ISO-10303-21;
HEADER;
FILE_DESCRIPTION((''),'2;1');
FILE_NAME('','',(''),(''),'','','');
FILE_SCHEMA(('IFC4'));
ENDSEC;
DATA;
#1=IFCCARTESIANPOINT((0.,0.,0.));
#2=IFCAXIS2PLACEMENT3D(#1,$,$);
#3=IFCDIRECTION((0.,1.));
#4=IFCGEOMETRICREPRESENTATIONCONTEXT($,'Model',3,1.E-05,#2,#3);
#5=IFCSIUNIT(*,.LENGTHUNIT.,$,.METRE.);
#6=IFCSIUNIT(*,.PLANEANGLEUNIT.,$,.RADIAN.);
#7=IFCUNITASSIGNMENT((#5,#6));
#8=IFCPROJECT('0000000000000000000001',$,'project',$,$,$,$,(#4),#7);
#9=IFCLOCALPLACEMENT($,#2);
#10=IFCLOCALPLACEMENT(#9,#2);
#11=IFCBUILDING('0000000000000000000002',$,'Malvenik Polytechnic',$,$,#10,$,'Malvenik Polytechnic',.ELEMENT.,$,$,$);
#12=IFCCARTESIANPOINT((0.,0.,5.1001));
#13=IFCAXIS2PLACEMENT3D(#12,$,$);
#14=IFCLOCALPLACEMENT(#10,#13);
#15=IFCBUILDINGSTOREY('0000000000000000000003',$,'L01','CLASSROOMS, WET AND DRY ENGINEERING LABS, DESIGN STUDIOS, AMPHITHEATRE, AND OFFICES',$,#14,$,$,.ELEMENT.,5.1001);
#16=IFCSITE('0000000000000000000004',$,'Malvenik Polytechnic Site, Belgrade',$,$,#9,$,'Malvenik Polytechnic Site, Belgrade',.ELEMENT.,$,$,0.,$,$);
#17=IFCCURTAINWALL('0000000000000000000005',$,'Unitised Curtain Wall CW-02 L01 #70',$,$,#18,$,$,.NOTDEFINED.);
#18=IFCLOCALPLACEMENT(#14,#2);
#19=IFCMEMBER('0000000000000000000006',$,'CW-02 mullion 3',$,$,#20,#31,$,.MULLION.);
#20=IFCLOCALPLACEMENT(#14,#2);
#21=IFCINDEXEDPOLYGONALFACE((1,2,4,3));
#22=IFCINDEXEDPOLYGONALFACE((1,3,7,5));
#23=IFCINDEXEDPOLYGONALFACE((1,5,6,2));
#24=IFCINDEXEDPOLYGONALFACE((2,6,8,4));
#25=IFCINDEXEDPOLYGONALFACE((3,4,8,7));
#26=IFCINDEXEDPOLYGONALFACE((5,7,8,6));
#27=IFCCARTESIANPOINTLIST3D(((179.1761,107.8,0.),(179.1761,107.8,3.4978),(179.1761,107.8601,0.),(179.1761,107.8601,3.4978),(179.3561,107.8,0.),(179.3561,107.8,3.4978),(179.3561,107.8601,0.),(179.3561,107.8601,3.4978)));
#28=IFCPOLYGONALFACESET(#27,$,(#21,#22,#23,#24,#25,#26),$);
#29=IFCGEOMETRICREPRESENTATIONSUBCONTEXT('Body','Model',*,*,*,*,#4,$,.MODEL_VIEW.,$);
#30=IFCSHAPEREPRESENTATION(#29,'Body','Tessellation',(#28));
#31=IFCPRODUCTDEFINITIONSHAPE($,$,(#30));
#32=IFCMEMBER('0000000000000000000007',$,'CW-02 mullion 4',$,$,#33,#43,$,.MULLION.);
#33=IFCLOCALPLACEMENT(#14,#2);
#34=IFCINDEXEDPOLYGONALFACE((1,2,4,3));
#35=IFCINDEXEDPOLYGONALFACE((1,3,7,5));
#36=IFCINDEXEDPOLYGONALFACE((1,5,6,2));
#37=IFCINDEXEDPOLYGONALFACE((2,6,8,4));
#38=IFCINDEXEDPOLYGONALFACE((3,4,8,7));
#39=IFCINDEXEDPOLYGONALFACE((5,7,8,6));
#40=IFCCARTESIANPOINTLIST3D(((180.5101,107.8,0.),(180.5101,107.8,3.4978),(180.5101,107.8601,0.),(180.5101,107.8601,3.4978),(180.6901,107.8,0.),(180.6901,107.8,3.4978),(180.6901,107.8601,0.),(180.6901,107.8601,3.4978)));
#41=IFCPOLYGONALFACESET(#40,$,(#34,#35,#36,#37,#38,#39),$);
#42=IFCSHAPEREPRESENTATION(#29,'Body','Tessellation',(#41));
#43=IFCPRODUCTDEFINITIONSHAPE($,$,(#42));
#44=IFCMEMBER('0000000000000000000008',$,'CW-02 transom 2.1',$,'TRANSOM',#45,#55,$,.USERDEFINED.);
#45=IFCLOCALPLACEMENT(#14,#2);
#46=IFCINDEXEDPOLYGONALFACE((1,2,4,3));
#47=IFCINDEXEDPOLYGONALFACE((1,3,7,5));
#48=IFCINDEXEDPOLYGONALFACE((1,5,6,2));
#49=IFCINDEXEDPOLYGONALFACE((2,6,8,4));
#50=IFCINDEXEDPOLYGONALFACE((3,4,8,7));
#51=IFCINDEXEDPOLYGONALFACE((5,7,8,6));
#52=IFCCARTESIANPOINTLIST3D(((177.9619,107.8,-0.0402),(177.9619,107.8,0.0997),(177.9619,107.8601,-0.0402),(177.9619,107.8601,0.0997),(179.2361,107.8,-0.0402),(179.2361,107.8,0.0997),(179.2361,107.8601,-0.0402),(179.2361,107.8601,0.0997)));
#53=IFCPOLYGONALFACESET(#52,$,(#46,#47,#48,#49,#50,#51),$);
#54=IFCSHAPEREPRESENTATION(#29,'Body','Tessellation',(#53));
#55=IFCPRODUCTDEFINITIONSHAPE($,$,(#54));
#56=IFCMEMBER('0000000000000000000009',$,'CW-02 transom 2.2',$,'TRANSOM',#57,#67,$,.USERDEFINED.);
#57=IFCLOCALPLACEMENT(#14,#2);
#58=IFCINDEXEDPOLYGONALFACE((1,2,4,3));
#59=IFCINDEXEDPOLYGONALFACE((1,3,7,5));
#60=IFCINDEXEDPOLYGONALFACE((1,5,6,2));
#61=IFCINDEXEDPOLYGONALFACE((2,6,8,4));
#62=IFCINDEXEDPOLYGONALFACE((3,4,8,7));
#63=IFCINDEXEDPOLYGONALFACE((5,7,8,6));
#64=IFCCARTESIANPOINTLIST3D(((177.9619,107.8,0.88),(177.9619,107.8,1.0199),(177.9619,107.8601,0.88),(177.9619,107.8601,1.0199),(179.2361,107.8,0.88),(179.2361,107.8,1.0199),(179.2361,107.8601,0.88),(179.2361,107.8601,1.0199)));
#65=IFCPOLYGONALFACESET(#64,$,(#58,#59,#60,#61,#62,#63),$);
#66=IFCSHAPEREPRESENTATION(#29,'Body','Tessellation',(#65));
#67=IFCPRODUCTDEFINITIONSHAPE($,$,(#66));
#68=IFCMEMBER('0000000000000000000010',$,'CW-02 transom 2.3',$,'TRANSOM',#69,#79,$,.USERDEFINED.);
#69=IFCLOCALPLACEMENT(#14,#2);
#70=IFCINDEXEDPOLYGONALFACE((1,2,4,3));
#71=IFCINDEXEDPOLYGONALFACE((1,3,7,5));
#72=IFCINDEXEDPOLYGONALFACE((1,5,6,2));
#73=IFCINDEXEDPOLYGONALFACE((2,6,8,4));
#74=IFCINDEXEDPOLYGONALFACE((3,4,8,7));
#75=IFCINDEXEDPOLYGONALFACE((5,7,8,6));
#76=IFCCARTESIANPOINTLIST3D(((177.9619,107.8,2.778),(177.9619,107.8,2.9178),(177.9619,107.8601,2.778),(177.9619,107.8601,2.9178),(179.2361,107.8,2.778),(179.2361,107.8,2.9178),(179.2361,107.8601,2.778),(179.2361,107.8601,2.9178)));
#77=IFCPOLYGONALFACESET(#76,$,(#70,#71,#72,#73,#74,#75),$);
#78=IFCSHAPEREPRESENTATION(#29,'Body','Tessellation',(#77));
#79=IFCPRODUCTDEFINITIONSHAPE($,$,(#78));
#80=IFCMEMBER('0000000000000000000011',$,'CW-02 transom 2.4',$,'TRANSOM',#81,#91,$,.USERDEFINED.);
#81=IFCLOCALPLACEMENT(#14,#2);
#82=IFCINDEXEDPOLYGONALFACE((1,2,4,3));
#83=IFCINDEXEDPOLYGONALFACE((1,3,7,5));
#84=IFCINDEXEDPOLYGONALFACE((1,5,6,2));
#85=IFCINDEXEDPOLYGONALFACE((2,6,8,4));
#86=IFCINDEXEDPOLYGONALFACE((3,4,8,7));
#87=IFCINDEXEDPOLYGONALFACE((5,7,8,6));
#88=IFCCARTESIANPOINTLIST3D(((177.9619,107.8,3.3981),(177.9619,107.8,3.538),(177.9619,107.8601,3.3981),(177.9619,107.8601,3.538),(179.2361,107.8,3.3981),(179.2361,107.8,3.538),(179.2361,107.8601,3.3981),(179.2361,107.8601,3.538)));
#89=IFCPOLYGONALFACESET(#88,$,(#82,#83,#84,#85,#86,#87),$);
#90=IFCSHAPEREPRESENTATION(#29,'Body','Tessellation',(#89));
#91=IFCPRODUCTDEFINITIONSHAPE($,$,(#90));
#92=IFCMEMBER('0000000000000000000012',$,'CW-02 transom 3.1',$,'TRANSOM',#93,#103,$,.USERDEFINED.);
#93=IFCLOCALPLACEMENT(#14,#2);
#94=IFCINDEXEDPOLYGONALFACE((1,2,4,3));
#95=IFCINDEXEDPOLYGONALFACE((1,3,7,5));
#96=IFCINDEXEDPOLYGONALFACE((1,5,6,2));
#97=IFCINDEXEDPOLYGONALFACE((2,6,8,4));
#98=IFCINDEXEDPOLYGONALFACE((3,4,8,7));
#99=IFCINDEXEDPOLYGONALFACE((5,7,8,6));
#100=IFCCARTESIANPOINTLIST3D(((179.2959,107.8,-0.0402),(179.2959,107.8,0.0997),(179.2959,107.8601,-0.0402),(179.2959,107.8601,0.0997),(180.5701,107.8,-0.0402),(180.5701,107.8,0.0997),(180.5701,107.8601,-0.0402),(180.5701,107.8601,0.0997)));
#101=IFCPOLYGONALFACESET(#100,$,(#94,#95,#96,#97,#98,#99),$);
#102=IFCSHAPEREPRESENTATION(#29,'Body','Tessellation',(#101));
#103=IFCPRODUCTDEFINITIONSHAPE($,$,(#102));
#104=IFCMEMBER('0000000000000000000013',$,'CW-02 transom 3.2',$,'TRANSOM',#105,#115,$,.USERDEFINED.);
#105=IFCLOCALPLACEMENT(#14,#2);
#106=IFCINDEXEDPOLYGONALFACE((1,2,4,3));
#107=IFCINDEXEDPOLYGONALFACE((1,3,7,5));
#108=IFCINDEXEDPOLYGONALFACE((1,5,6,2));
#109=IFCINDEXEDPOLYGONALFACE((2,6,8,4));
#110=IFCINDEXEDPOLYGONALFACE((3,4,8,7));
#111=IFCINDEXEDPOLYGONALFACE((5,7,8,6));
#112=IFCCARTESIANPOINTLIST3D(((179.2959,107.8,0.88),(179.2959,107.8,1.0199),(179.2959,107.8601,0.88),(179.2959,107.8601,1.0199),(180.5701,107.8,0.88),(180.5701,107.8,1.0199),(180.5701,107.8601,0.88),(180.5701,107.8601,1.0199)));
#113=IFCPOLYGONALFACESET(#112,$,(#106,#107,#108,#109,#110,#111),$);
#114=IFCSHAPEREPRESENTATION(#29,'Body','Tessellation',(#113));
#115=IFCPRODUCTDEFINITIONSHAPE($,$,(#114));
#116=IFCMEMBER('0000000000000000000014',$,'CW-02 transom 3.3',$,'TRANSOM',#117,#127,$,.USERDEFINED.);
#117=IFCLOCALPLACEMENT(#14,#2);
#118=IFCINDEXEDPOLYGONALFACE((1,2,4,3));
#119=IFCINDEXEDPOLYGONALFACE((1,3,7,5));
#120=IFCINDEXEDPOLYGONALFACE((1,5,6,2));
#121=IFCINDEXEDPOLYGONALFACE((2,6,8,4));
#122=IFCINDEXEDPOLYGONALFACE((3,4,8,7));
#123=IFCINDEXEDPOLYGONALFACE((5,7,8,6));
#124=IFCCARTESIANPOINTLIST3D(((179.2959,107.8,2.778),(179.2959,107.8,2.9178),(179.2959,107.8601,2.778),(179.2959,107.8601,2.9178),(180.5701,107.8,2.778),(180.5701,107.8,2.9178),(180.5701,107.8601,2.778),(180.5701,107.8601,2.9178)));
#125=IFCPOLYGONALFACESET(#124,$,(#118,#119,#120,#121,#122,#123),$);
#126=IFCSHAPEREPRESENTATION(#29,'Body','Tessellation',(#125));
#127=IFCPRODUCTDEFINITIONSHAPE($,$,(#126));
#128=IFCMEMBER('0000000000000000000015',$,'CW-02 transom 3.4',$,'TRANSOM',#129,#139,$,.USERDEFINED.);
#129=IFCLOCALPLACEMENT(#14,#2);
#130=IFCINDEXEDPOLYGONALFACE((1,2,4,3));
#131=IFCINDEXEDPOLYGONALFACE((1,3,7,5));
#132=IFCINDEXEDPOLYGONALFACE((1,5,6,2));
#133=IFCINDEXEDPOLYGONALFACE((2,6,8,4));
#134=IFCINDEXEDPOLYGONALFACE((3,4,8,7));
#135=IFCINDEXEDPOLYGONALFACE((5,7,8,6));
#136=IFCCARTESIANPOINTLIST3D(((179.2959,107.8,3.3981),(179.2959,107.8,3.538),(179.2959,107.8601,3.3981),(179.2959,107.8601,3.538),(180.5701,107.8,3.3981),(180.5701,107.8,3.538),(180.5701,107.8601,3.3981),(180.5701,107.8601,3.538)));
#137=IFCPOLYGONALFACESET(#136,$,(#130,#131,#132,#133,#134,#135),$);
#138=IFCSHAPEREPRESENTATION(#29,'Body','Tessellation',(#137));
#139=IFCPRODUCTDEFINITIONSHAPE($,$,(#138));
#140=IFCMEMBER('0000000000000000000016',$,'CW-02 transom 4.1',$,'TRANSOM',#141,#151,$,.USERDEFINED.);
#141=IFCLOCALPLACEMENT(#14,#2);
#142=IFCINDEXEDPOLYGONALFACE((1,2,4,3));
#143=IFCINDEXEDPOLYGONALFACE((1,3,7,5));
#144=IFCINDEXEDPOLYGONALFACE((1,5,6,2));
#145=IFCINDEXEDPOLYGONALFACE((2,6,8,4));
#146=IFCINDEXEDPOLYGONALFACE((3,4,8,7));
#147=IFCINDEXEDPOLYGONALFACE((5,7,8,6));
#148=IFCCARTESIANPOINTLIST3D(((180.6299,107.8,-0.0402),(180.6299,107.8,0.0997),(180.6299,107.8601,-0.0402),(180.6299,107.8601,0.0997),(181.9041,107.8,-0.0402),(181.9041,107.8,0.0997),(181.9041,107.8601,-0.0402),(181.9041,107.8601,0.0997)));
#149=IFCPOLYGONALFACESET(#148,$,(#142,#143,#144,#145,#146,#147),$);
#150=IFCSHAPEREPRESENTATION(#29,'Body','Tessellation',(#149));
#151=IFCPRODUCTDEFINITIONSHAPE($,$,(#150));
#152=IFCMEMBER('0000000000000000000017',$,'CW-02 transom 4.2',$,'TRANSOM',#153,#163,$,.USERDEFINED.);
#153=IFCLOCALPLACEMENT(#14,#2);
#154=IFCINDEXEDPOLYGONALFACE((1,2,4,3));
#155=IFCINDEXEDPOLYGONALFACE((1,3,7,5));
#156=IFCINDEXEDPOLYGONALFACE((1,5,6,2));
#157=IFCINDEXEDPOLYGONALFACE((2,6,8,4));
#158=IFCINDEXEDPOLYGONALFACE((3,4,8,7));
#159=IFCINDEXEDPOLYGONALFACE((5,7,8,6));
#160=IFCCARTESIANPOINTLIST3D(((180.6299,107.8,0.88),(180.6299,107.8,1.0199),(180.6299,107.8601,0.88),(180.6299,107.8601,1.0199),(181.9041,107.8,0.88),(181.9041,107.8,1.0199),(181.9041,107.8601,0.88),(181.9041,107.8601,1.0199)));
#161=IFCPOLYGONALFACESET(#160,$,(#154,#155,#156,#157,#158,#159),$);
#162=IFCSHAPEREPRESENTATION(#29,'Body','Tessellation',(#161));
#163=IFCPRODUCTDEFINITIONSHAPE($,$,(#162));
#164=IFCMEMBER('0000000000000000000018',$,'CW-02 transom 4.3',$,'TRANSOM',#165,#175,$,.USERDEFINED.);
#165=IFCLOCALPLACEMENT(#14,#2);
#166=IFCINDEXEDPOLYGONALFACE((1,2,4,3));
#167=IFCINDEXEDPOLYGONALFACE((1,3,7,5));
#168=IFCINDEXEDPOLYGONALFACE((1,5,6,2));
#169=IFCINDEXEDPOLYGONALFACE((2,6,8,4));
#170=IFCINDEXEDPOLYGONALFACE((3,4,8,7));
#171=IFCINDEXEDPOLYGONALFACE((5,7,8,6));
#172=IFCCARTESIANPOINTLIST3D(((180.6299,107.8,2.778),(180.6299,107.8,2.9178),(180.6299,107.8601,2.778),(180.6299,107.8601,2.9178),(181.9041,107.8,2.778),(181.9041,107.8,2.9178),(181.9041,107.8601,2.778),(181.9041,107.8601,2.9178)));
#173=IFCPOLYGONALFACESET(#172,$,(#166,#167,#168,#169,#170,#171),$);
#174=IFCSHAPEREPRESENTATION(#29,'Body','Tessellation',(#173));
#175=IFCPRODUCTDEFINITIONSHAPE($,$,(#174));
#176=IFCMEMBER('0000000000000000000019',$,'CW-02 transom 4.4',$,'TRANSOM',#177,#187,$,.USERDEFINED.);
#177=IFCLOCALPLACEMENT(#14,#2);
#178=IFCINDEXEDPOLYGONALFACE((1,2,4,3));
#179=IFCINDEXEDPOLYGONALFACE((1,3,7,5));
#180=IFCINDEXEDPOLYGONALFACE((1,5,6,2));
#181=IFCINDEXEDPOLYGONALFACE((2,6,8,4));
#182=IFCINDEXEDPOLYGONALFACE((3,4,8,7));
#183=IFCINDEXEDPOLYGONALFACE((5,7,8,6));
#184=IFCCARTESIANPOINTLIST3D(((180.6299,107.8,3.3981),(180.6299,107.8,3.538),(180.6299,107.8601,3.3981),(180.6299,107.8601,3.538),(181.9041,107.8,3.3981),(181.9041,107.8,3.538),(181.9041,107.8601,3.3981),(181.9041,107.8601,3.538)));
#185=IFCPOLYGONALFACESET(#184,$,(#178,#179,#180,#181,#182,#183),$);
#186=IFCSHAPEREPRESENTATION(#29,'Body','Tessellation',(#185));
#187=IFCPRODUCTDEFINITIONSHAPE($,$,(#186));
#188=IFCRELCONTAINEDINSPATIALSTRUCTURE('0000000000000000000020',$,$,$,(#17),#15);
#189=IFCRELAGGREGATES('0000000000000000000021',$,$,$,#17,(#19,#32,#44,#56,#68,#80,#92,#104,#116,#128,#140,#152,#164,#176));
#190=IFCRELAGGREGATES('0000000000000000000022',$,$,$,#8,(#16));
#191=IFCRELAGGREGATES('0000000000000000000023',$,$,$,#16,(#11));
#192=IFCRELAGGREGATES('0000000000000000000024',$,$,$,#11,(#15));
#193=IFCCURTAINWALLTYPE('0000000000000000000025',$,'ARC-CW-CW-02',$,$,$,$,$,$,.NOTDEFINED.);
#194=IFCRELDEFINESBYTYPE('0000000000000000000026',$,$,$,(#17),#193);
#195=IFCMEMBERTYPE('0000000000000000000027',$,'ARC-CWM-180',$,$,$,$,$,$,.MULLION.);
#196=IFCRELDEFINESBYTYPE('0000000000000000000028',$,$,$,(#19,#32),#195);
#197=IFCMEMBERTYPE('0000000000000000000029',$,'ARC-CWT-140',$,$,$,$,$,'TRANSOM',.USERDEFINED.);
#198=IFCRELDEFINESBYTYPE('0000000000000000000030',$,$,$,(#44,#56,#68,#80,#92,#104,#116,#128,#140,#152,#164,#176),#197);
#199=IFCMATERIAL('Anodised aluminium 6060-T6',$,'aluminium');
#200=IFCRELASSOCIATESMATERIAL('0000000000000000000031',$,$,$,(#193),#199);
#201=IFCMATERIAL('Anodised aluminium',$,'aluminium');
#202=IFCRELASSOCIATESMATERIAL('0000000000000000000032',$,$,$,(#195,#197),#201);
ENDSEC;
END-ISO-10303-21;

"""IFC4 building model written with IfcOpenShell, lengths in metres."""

from ifc_helpers import new_model, si_unit, direction, frame, origin, origin_2d, place, context, subcontext, project, spatial, rectangle, extrude, material, material_profile, profile_set, type_object, element, aggregate, save


model = new_model("IFC4")

# Units and contexts
model_context = context("Model", 3, precision=1e-05, world=origin(), true_north=direction((0.0, 1.0)))
body_context = subcontext(model_context, "Body", "Model", "MODEL_VIEW")
ifc_project = project(units=[si_unit("LENGTHUNIT", "METRE"), si_unit("PLANEANGLEUNIT", "RADIAN")], contexts=[model_context])

# Site, building, storey
site_placement = place(None, origin())
site = spatial("IfcSite", under=ifc_project, at=site_placement, Name="Malvenik Polytechnic Site, Belgrade", LongName="Malvenik Polytechnic Site, Belgrade", CompositionType="ELEMENT", RefElevation=0.0)
building_placement = place(site_placement, origin())
building = spatial("IfcBuilding", under=site, at=building_placement, Name="Malvenik Polytechnic", LongName="Malvenik Polytechnic", CompositionType="ELEMENT")
storey_placement = place(building_placement, frame((0.0, 0.0, 5.1001)))
storey = spatial("IfcBuildingStorey", under=building, at=storey_placement, Name="L01", Description="CLASSROOMS, WET AND DRY ENGINEERING LABS, DESIGN STUDIOS, AMPHITHEATRE, AND OFFICES", CompositionType="ELEMENT", Elevation=5.1001)

# Curtain wall, members
ifc_material_1 = material(Name="Anodised aluminium 6060-T6", Category="aluminium")
curtain_wall_type = type_object("IfcCurtainWallType", Name="ARC-CW-CW-02", PredefinedType="NOTDEFINED", material=ifc_material_1)
curtain_wall_placement = place(storey_placement, origin())
curtain_wall = element("IfcCurtainWall", 1, at=curtain_wall_placement, inside=storey, type_object=curtain_wall_type, Name="Unitised Curtain Wall CW-02 L01 #70", PredefinedType="NOTDEFINED")
ifc_material_2 = material(Name="Anodised aluminium", Category="aluminium")
ifc_material_profile_1 = material_profile(ifc_material_2, rectangle(XDim=0.0601, YDim=0.1799, at=origin_2d()), Name="ALU MULLION 60x180")
ifc_profile_set_1 = profile_set([ifc_material_profile_1], Name="Anodised aluminium")
member_type_1 = type_object("IfcMemberType", Name="ARC-CWM-180", PredefinedType="MULLION", material=ifc_profile_set_1)
member_1_placement = place(storey_placement, frame((179.2661, 107.8301, 0.0), z_axis=(0.0, 0.0, 1.0), x_axis=(0.0, 1.0, 0.0)))
member_1 = element("IfcMember", 2, at=member_1_placement, type_object=member_type_1, Name="CW-02 mullion 3", PredefinedType="MULLION", context=body_context, shape_type="SweptSolid", body=[
    extrude(rectangle(XDim=0.0601, YDim=0.1799, at=origin_2d()), origin(), (0.0, 0.0, 1.0), 3.4978),
])
member_2_placement = place(storey_placement, frame((180.6001, 107.8301, 0.0), z_axis=(0.0, 0.0, 1.0), x_axis=(0.0, 1.0, 0.0)))
member_2 = element("IfcMember", 3, at=member_2_placement, type_object=member_type_1, Name="CW-02 mullion 4", PredefinedType="MULLION", context=body_context, shape_type="SweptSolid", body=[
    extrude(rectangle(XDim=0.0601, YDim=0.1799, at=origin_2d()), origin(), (0.0, 0.0, 1.0), 3.4978),
])
ifc_material_profile_2 = material_profile(ifc_material_2, rectangle(XDim=0.0601, YDim=0.1399, at=origin_2d()), Name="ALU TRANSOM 60x140")
ifc_profile_set_2 = profile_set([ifc_material_profile_2], Name="Anodised aluminium")
member_type_2 = type_object("IfcMemberType", Name="ARC-CWT-140", ElementType="TRANSOM", PredefinedType="USERDEFINED", material=ifc_profile_set_2)
member_3_placement = place(storey_placement, frame((177.9619, 107.8301, 0.0298), z_axis=(1.0, 0.0, 0.0), x_axis=(0.0, 1.0, 0.0)))
member_3 = element("IfcMember", 4, at=member_3_placement, type_object=member_type_2, Name="CW-02 transom 2.1", ObjectType="TRANSOM", PredefinedType="USERDEFINED", context=body_context, shape_type="SweptSolid", body=[
    extrude(rectangle(XDim=0.0601, YDim=0.1399, at=origin_2d()), origin(), (0.0, 0.0, 1.0), 1.2742),
])
member_4_placement = place(storey_placement, frame((177.9619, 107.8301, 0.95), z_axis=(1.0, 0.0, 0.0), x_axis=(0.0, 1.0, 0.0)))
member_4 = element("IfcMember", 5, at=member_4_placement, type_object=member_type_2, Name="CW-02 transom 2.2", ObjectType="TRANSOM", PredefinedType="USERDEFINED", context=body_context, shape_type="SweptSolid", body=[
    extrude(rectangle(XDim=0.0601, YDim=0.1399, at=origin_2d()), origin(), (0.0, 0.0, 1.0), 1.2742),
])
member_5_placement = place(storey_placement, frame((177.9619, 107.8301, 2.8479), z_axis=(1.0, 0.0, 0.0), x_axis=(0.0, 1.0, 0.0)))
member_5 = element("IfcMember", 6, at=member_5_placement, type_object=member_type_2, Name="CW-02 transom 2.3", ObjectType="TRANSOM", PredefinedType="USERDEFINED", context=body_context, shape_type="SweptSolid", body=[
    extrude(rectangle(XDim=0.0601, YDim=0.1399, at=origin_2d()), origin(), (0.0, 0.0, 1.0), 1.2742),
])
member_6_placement = place(storey_placement, frame((177.9619, 107.8301, 3.468), z_axis=(1.0, 0.0, 0.0), x_axis=(0.0, 1.0, 0.0)))
member_6 = element("IfcMember", 7, at=member_6_placement, type_object=member_type_2, Name="CW-02 transom 2.4", ObjectType="TRANSOM", PredefinedType="USERDEFINED", context=body_context, shape_type="SweptSolid", body=[
    extrude(rectangle(XDim=0.0601, YDim=0.1399, at=origin_2d()), origin(), (0.0, 0.0, 1.0), 1.2742),
])
member_7_placement = place(storey_placement, frame((179.2959, 107.8301, 0.0298), z_axis=(1.0, 0.0, 0.0), x_axis=(0.0, 1.0, 0.0)))
member_7 = element("IfcMember", 8, at=member_7_placement, type_object=member_type_2, Name="CW-02 transom 3.1", ObjectType="TRANSOM", PredefinedType="USERDEFINED", context=body_context, shape_type="SweptSolid", body=[
    extrude(rectangle(XDim=0.0601, YDim=0.1399, at=origin_2d()), origin(), (0.0, 0.0, 1.0), 1.2742),
])
member_8_placement = place(storey_placement, frame((179.2959, 107.8301, 0.95), z_axis=(1.0, 0.0, 0.0), x_axis=(0.0, 1.0, 0.0)))
member_8 = element("IfcMember", 9, at=member_8_placement, type_object=member_type_2, Name="CW-02 transom 3.2", ObjectType="TRANSOM", PredefinedType="USERDEFINED", context=body_context, shape_type="SweptSolid", body=[
    extrude(rectangle(XDim=0.0601, YDim=0.1399, at=origin_2d()), origin(), (0.0, 0.0, 1.0), 1.2742),
])
member_9_placement = place(storey_placement, frame((179.2959, 107.8301, 2.8479), z_axis=(1.0, 0.0, 0.0), x_axis=(0.0, 1.0, 0.0)))
member_9 = element("IfcMember", 10, at=member_9_placement, type_object=member_type_2, Name="CW-02 transom 3.3", ObjectType="TRANSOM", PredefinedType="USERDEFINED", context=body_context, shape_type="SweptSolid", body=[
    extrude(rectangle(XDim=0.0601, YDim=0.1399, at=origin_2d()), origin(), (0.0, 0.0, 1.0), 1.2742),
])
member_10_placement = place(storey_placement, frame((179.2959, 107.8301, 3.468), z_axis=(1.0, 0.0, 0.0), x_axis=(0.0, 1.0, 0.0)))
member_10 = element("IfcMember", 11, at=member_10_placement, type_object=member_type_2, Name="CW-02 transom 3.4", ObjectType="TRANSOM", PredefinedType="USERDEFINED", context=body_context, shape_type="SweptSolid", body=[
    extrude(rectangle(XDim=0.0601, YDim=0.1399, at=origin_2d()), origin(), (0.0, 0.0, 1.0), 1.2742),
])
member_11_placement = place(storey_placement, frame((180.6299, 107.8301, 0.0298), z_axis=(1.0, 0.0, 0.0), x_axis=(0.0, 1.0, 0.0)))
member_11 = element("IfcMember", 12, at=member_11_placement, type_object=member_type_2, Name="CW-02 transom 4.1", ObjectType="TRANSOM", PredefinedType="USERDEFINED", context=body_context, shape_type="SweptSolid", body=[
    extrude(rectangle(XDim=0.0601, YDim=0.1399, at=origin_2d()), origin(), (0.0, 0.0, 1.0), 1.2742),
])
member_12_placement = place(storey_placement, frame((180.6299, 107.8301, 0.95), z_axis=(1.0, 0.0, 0.0), x_axis=(0.0, 1.0, 0.0)))
member_12 = element("IfcMember", 13, at=member_12_placement, type_object=member_type_2, Name="CW-02 transom 4.2", ObjectType="TRANSOM", PredefinedType="USERDEFINED", context=body_context, shape_type="SweptSolid", body=[
    extrude(rectangle(XDim=0.0601, YDim=0.1399, at=origin_2d()), origin(), (0.0, 0.0, 1.0), 1.2742),
])
member_13_placement = place(storey_placement, frame((180.6299, 107.8301, 2.8479), z_axis=(1.0, 0.0, 0.0), x_axis=(0.0, 1.0, 0.0)))
member_13 = element("IfcMember", 14, at=member_13_placement, type_object=member_type_2, Name="CW-02 transom 4.3", ObjectType="TRANSOM", PredefinedType="USERDEFINED", context=body_context, shape_type="SweptSolid", body=[
    extrude(rectangle(XDim=0.0601, YDim=0.1399, at=origin_2d()), origin(), (0.0, 0.0, 1.0), 1.2742),
])
member_14_placement = place(storey_placement, frame((180.6299, 107.8301, 3.468), z_axis=(1.0, 0.0, 0.0), x_axis=(0.0, 1.0, 0.0)))
member_14 = element("IfcMember", 15, at=member_14_placement, type_object=member_type_2, Name="CW-02 transom 4.4", ObjectType="TRANSOM", PredefinedType="USERDEFINED", context=body_context, shape_type="SweptSolid", body=[
    extrude(rectangle(XDim=0.0601, YDim=0.1399, at=origin_2d()), origin(), (0.0, 0.0, 1.0), 1.2742),
])
aggregate(curtain_wall, [member_1, member_2, member_3, member_4, member_5, member_6, member_7, member_8, member_9, member_10, member_11, member_12, member_13, member_14])

save(model, "model.ifc")
